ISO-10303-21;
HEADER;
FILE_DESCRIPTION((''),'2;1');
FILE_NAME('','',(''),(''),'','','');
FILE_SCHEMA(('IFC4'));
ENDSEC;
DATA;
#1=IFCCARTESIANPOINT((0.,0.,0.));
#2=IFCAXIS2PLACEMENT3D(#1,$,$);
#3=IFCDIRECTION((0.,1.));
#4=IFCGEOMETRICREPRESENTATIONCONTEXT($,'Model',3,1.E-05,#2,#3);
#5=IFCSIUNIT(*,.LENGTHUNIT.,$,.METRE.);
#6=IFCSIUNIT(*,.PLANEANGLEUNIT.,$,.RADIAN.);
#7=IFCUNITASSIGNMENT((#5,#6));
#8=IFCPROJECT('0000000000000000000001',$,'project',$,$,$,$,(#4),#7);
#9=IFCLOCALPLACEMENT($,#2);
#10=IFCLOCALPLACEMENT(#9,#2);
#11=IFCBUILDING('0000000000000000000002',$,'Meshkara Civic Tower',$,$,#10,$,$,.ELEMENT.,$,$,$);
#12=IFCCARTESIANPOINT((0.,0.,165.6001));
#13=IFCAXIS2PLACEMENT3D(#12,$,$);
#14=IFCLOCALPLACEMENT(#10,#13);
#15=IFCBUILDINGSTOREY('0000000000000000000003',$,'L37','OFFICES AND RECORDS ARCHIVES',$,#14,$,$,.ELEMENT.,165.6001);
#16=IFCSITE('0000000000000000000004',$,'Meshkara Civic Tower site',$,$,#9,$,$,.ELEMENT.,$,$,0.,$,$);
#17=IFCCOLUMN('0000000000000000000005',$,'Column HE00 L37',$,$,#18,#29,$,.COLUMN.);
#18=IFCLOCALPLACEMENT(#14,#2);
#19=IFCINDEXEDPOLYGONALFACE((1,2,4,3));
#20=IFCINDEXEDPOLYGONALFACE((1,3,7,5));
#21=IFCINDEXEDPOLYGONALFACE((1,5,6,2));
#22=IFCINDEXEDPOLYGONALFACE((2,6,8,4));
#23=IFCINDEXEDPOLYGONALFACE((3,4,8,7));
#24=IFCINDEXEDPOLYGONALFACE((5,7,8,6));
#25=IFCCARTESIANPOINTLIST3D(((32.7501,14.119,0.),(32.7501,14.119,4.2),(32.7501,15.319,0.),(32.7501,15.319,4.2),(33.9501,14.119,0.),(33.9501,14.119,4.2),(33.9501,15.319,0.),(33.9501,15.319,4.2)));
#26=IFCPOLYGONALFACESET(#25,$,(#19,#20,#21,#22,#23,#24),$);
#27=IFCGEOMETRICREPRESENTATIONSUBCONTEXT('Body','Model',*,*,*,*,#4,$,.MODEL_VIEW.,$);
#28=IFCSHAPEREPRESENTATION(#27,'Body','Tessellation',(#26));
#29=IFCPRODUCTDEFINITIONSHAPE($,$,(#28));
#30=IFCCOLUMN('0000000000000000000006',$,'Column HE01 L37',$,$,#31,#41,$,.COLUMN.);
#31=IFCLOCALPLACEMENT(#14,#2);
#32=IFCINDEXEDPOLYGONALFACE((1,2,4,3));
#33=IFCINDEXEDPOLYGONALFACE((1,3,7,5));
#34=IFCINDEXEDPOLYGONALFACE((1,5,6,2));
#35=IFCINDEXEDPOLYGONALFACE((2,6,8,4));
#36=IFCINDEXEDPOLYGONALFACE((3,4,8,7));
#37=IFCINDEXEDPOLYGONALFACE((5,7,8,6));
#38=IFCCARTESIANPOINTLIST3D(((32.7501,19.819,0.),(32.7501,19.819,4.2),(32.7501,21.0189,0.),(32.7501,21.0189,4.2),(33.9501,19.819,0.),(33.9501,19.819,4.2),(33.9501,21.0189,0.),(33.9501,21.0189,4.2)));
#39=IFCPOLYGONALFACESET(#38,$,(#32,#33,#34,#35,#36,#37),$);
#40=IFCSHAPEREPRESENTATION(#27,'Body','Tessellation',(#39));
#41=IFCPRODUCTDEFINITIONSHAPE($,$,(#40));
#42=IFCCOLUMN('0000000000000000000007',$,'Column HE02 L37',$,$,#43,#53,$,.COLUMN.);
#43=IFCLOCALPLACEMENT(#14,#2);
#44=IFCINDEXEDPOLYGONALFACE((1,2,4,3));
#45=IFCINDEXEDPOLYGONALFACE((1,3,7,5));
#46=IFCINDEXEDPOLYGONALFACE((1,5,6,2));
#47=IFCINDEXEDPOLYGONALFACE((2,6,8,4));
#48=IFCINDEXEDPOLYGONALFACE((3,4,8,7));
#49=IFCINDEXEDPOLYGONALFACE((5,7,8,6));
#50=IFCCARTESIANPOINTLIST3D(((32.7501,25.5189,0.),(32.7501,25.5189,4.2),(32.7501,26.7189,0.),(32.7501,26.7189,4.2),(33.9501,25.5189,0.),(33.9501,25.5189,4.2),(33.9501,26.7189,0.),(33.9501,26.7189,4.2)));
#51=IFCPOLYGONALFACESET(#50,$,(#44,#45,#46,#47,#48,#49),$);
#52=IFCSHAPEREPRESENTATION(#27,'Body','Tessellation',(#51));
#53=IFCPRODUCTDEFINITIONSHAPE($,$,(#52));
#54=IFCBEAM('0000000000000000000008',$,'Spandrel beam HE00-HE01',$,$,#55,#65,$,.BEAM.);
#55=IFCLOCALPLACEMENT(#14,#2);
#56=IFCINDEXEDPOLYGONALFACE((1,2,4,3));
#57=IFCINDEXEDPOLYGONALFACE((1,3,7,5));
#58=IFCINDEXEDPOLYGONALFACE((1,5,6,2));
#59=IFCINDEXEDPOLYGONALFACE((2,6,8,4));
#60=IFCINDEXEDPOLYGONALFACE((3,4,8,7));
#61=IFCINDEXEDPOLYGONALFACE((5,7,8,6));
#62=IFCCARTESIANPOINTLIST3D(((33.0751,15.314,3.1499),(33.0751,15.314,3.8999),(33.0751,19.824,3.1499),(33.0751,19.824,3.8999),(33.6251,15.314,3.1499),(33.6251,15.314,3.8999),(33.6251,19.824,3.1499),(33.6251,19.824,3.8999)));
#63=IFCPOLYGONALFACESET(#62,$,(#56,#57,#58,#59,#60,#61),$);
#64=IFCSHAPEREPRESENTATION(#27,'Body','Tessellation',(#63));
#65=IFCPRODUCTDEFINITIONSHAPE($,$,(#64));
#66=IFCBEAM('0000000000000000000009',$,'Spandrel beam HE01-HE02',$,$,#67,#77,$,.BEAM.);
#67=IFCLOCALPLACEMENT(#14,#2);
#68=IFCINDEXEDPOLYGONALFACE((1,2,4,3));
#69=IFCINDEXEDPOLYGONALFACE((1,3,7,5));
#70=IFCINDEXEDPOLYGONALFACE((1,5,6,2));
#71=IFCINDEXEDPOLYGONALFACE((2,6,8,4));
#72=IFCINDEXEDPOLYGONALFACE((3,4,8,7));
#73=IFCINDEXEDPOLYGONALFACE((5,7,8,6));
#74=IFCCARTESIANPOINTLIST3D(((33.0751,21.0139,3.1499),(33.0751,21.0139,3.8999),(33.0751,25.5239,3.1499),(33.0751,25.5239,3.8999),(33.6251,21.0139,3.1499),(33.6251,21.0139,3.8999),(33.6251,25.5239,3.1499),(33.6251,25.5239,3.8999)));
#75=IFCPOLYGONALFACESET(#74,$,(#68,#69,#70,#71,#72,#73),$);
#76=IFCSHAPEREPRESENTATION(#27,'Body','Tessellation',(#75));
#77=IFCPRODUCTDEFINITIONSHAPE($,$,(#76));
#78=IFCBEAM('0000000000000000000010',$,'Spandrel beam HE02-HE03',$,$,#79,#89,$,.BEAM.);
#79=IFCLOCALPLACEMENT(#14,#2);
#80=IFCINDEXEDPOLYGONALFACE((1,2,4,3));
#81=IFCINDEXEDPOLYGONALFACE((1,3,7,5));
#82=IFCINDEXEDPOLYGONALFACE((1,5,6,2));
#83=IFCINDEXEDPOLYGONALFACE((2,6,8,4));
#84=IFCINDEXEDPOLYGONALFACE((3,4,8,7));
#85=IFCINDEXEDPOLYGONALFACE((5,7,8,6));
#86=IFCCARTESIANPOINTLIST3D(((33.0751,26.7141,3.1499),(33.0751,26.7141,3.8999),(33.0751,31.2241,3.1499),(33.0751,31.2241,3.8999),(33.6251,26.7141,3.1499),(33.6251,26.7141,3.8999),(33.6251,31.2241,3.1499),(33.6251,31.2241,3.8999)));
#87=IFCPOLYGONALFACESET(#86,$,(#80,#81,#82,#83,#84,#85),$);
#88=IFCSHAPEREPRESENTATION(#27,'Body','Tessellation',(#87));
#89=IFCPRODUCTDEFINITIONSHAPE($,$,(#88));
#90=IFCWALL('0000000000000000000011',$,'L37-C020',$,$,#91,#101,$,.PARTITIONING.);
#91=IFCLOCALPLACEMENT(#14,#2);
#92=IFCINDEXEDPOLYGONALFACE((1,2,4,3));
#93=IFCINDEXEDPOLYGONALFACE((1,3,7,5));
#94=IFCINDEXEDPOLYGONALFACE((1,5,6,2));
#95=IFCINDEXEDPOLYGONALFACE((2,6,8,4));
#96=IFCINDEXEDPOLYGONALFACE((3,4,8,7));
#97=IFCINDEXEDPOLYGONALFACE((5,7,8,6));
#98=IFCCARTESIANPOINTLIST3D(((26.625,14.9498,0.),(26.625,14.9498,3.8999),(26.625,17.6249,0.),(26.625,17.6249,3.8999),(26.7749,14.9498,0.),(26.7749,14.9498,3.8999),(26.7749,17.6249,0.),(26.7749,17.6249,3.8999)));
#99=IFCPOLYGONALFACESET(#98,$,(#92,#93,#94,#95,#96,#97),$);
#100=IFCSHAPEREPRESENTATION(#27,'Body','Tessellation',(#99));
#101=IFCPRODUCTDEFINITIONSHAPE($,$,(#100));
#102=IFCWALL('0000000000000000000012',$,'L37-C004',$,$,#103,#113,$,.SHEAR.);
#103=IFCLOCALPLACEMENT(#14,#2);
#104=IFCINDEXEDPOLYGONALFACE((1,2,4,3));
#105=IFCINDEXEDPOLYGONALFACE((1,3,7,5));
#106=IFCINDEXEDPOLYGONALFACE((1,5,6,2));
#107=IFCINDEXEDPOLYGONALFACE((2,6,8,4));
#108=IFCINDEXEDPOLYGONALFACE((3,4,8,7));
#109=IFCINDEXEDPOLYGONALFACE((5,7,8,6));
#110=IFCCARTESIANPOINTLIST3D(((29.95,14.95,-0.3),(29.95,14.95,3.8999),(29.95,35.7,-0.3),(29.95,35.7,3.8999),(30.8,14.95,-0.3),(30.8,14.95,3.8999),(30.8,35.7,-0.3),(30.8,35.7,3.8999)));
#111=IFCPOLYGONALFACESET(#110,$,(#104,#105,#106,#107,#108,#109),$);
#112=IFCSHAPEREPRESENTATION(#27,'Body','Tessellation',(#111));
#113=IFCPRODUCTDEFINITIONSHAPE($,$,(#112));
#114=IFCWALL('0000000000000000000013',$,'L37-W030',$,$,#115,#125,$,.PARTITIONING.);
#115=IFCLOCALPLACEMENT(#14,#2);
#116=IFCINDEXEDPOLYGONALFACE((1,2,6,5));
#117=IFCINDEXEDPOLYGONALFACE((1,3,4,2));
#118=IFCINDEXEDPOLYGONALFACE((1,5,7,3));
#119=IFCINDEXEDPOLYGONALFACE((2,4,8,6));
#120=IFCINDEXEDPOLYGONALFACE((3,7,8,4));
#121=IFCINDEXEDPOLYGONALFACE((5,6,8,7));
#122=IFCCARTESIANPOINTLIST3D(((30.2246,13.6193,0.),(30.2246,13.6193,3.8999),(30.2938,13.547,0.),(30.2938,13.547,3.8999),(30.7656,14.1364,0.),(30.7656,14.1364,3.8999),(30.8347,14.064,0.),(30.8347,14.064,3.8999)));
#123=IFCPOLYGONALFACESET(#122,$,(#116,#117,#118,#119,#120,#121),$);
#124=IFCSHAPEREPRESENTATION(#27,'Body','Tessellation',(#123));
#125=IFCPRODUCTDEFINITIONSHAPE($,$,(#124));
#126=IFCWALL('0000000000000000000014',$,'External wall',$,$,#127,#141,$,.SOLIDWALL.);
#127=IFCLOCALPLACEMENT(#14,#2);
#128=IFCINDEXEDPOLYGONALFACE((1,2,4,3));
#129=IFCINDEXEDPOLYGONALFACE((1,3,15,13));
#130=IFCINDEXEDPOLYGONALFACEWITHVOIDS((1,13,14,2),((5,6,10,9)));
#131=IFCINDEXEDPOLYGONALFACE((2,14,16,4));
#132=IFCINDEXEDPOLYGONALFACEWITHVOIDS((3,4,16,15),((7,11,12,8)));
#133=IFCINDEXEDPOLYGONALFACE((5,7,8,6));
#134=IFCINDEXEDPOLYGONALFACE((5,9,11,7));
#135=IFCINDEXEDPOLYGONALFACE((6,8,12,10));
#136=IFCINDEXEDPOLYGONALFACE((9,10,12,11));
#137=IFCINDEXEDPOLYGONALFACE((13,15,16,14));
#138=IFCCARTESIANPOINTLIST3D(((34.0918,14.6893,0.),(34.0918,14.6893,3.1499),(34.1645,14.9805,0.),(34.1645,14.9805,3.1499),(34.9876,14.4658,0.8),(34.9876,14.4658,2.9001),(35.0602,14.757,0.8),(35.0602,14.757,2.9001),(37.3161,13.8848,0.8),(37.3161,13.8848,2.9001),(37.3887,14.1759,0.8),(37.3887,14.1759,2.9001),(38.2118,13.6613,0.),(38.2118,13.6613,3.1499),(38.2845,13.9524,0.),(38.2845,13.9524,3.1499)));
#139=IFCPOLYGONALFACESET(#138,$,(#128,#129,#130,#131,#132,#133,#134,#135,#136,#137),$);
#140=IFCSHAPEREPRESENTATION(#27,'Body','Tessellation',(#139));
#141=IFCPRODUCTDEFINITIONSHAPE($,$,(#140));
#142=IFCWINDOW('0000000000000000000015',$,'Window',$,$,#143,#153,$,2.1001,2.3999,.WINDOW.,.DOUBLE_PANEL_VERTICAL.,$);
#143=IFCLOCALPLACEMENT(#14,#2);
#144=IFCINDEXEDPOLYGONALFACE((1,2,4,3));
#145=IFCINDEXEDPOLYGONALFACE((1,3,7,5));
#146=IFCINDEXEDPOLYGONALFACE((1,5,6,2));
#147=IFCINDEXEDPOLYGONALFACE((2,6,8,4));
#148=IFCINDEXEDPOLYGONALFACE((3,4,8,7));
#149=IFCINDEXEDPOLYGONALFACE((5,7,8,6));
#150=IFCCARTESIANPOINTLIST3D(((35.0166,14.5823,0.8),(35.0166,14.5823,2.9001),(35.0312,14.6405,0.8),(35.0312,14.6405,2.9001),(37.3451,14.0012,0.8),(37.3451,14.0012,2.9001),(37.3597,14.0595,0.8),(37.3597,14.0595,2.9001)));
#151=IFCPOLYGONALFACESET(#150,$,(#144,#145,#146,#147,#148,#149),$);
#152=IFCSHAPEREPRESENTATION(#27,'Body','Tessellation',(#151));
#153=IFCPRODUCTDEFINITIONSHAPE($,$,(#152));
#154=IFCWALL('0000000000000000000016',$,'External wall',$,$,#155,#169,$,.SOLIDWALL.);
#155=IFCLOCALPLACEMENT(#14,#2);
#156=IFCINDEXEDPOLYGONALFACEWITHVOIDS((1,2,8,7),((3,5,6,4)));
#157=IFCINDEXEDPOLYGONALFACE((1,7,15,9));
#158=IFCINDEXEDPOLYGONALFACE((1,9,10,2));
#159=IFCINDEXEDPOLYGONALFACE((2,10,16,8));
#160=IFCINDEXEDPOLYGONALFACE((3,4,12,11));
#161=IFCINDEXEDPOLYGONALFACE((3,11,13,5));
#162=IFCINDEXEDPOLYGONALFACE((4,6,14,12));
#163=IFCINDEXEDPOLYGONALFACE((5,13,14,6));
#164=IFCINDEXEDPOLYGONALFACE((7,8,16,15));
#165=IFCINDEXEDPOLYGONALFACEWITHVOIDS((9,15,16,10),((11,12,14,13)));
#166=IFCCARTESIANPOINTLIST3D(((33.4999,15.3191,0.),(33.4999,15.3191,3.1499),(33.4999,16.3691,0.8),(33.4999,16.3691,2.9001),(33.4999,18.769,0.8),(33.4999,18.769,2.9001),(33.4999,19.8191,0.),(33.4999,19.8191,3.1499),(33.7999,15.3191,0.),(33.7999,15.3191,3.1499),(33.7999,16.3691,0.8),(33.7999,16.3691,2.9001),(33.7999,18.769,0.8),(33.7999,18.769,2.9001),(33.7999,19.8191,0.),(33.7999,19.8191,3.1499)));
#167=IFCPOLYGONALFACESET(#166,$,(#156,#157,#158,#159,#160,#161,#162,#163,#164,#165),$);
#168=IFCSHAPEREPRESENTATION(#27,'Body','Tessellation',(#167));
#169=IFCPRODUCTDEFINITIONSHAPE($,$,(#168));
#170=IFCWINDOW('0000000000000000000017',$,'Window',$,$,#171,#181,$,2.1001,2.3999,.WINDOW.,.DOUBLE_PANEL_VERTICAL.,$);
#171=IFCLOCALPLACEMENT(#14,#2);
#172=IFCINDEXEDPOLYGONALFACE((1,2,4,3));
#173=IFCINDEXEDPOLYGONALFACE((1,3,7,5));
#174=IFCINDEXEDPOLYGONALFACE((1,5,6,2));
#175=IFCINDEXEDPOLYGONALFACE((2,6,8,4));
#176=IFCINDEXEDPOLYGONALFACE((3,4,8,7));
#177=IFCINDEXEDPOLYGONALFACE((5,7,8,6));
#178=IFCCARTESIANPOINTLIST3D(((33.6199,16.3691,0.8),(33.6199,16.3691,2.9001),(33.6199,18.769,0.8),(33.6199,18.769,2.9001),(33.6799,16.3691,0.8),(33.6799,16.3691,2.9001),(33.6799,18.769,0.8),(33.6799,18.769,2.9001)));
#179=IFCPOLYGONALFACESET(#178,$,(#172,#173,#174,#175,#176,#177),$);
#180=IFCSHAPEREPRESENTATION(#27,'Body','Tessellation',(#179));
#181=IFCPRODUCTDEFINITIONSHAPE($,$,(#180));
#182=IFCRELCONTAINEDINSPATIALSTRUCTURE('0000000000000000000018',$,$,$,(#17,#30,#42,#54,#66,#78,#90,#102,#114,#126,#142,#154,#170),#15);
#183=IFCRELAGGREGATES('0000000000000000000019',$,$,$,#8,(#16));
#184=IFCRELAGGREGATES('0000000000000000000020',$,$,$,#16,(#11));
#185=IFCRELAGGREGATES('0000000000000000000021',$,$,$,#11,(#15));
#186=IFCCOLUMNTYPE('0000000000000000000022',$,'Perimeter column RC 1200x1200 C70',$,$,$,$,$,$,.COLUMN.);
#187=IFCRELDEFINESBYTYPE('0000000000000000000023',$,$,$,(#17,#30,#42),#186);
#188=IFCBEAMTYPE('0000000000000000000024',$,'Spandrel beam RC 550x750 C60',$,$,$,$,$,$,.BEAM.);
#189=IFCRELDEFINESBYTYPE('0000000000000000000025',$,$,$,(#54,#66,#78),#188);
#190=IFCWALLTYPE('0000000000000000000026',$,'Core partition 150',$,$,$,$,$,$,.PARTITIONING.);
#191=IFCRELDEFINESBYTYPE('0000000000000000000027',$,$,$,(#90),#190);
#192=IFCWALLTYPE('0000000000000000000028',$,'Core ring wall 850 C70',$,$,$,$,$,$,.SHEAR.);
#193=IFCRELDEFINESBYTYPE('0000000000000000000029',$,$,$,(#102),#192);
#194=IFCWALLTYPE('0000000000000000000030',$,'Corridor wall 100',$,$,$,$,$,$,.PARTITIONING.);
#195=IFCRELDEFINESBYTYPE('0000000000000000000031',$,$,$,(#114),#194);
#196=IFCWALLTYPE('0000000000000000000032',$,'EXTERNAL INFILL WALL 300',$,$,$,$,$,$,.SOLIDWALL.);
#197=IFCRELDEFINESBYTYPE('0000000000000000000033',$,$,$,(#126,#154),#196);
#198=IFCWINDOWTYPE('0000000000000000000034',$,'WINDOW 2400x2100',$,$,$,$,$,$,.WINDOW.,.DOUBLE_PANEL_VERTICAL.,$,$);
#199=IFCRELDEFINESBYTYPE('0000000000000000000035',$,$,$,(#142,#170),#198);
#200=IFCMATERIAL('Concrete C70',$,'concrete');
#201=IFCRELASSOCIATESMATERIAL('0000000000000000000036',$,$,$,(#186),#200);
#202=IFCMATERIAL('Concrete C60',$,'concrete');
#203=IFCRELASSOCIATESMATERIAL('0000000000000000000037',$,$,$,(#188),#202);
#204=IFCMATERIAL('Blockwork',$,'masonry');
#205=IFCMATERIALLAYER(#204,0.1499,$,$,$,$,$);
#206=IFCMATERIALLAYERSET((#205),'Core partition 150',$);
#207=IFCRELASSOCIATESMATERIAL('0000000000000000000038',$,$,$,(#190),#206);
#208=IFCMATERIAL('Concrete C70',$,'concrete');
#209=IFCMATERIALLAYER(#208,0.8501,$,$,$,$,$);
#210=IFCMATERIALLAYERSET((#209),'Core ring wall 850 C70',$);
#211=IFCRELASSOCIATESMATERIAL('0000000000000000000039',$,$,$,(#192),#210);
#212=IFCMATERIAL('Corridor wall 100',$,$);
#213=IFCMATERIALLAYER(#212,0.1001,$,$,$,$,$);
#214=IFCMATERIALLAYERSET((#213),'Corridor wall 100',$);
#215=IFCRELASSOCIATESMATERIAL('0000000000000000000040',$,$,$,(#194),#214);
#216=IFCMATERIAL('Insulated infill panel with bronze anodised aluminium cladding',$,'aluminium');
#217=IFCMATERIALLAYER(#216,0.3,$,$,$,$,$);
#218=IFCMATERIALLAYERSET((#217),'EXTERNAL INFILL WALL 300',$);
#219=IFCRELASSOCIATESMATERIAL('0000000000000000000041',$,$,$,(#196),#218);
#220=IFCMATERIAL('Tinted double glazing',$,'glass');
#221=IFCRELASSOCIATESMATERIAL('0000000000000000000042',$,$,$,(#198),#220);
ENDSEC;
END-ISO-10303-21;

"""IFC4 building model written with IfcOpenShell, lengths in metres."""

from ifc_helpers import new_model, si_unit, direction, frame, frame_2d, origin, origin_2d, place, context, subcontext, project, spatial, rectangle, extrude, material, layer, layer_set, material_profile, profile_set, type_object, element, fill, save


model = new_model("IFC4")

# Units and contexts
model_context = context("Model", 3, precision=1e-05, world=origin(), true_north=direction((0.0, 1.0)))
body_context = subcontext(model_context, "Body", "Model", "MODEL_VIEW")
ifc_project = project(units=[si_unit("LENGTHUNIT", "METRE"), si_unit("PLANEANGLEUNIT", "RADIAN")], contexts=[model_context])

# Site, building, storey
site_placement = place(None, origin())
site = spatial("IfcSite", under=ifc_project, at=site_placement, Name="Meshkara Civic Tower site", CompositionType="ELEMENT", RefElevation=0.0)
building_placement = place(site_placement, origin())
building = spatial("IfcBuilding", under=site, at=building_placement, Name="Meshkara Civic Tower", CompositionType="ELEMENT")
storey_placement = place(building_placement, frame((0.0, 0.0, 165.6001)))
storey = spatial("IfcBuildingStorey", under=building, at=storey_placement, Name="L37", Description="OFFICES AND RECORDS ARCHIVES", CompositionType="ELEMENT", Elevation=165.6001)

# Columns
ifc_material_1 = material(Name="Concrete C70", Category="concrete")
ifc_material_profile_1 = material_profile(ifc_material_1, rectangle(XDim=1.2, YDim=1.2, at=origin_2d()))
ifc_profile_set_1 = profile_set([ifc_material_profile_1], Name="Concrete C70")
column_type = type_object("IfcColumnType", Name="Perimeter column RC 1200x1200 C70", PredefinedType="COLUMN", material=ifc_profile_set_1)
for number, where, z_axis, x_axis, name in (
    (1, (33.3501, 14.719, 0.0), (0.0, 0.0, 1.0), (1.0, 0.0, 0.0), "Column HE00 L37"),
    (2, (33.3501, 20.4189, 0.0), (0.0, 0.0, 1.0), (1.0, 0.0, 0.0), "Column HE01 L37"),
    (3, (33.3501, 26.1189, 0.0), (0.0, 0.0, 1.0), (1.0, 0.0, 0.0), "Column HE02 L37"),
):
    element("IfcColumn", number, at=place(storey_placement, frame(where, z_axis=z_axis, x_axis=x_axis)), inside=storey, type_object=column_type, Name=name, PredefinedType="COLUMN", context=body_context, shape_type="SweptSolid", body=[
        extrude(rectangle(XDim=1.2, YDim=1.2, at=origin_2d()), origin(), (0.0, 0.0, 1.0), 4.2),
    ])

# Beams
ifc_material_2 = material(Name="Concrete C60", Category="concrete")
ifc_material_profile_2 = material_profile(ifc_material_2, rectangle(XDim=0.55, YDim=0.75, at=origin_2d()))
ifc_profile_set_2 = profile_set([ifc_material_profile_2], Name="Concrete C60")
beam_type = type_object("IfcBeamType", Name="Spandrel beam RC 550x750 C60", PredefinedType="BEAM", material=ifc_profile_set_2)
for number, where, z_axis, x_axis, name in (
    (4, (33.3501, 15.314, 3.5249), (0.0, 1.0, 0.0), (-1.0, 0.0, 0.0), "Spandrel beam HE00-HE01"),
    (5, (33.3501, 21.0139, 3.5249), (0.0, 1.0, 0.0), (-1.0, 0.0, 0.0), "Spandrel beam HE01-HE02"),
    (6, (33.3501, 26.7141, 3.5249), (0.0, 1.0, 0.0), (-1.0, 0.0, 0.0), "Spandrel beam HE02-HE03"),
):
    element("IfcBeam", number, at=place(storey_placement, frame(where, z_axis=z_axis, x_axis=x_axis)), inside=storey, type_object=beam_type, Name=name, PredefinedType="BEAM", context=body_context, shape_type="SweptSolid", body=[
        extrude(rectangle(XDim=0.55, YDim=0.75, at=origin_2d()), origin(), (0.0, 0.0, 1.0), 4.51),
    ])

# Walls
ifc_material_3 = material(Name="Blockwork", Category="masonry")
ifc_layer_1 = layer(ifc_material_3, 0.1499)
ifc_layer_set_1 = layer_set([ifc_layer_1], Name="Core partition 150")
wall_type_1 = type_object("IfcWallType", Name="Core partition 150", PredefinedType="PARTITIONING", material=ifc_layer_set_1)
wall_1_placement = place(storey_placement, frame((26.7, 14.95, 0.0), z_axis=(0.0, 0.0, 1.0), x_axis=(0.0, 1.0, 0.0)))
element("IfcWall", 7, at=wall_1_placement, inside=storey, type_object=wall_type_1, Name="L37-C020", PredefinedType="PARTITIONING", context=body_context, shape_type="SweptSolid", body=[
    extrude(rectangle(XDim=2.675, YDim=0.1499, at=frame_2d((1.3374, 0.0))), origin(), (0.0, 0.0, 1.0), 3.8999),
])
ifc_material_4 = material(Name="Concrete C70", Category="concrete")
ifc_layer_2 = layer(ifc_material_4, 0.8501)
ifc_layer_set_2 = layer_set([ifc_layer_2], Name="Core ring wall 850 C70")
wall_type_2 = type_object("IfcWallType", Name="Core ring wall 850 C70", PredefinedType="SHEAR", material=ifc_layer_set_2)
wall_2_placement = place(storey_placement, frame((30.375, 14.95, -0.3), z_axis=(0.0, 0.0, 1.0), x_axis=(0.0, 1.0, 0.0)))
element("IfcWall", 8, at=wall_2_placement, inside=storey, type_object=wall_type_2, Name="L37-C004", PredefinedType="SHEAR", context=body_context, shape_type="SweptSolid", body=[
    extrude(rectangle(XDim=20.75, YDim=0.8501, at=frame_2d((10.375, 0.0))), origin(), (0.0, 0.0, 1.0), 4.2),
])
ifc_material_5 = material(Name="Corridor wall 100")
ifc_layer_3 = layer(ifc_material_5, 0.1001)
ifc_layer_set_3 = layer_set([ifc_layer_3], Name="Corridor wall 100")
wall_type_3 = type_object("IfcWallType", Name="Corridor wall 100", PredefinedType="PARTITIONING", material=ifc_layer_set_3)
wall_3_placement = place(storey_placement, frame((30.8, 14.1001, 0.0), z_axis=(0.0, 0.0, 1.0), x_axis=(-0.722911, -0.690941, 0.0)))
element("IfcWall", 9, at=wall_3_placement, inside=storey, type_object=wall_type_3, Name="L37-W030", PredefinedType="PARTITIONING", context=body_context, shape_type="SweptSolid", body=[
    extrude(rectangle(XDim=0.7483, YDim=0.1001, at=frame_2d((0.374, 0.0))), origin(), (0.0, 0.0, 1.0), 3.8999),
])

# Walls, openings, windows
ifc_material_6 = material(Name="Insulated infill panel with bronze anodised aluminium cladding", Category="aluminium")
ifc_layer_4 = layer(ifc_material_6, 0.3)
ifc_layer_set_4 = layer_set([ifc_layer_4], Name="EXTERNAL INFILL WALL 300")
wall_type_4 = type_object("IfcWallType", Name="EXTERNAL INFILL WALL 300", PredefinedType="SOLIDWALL", material=ifc_layer_set_4)
wall_4_placement = place(storey_placement, frame((38.248, 13.8069, 0.0), z_axis=(0.0, 0.0, 1.0), x_axis=(-0.970251, 0.242103, 0.0)))
wall_4 = element("IfcWall", 10, at=wall_4_placement, inside=storey, type_object=wall_type_4, Name="External wall", PredefinedType="SOLIDWALL", context=body_context, shape_type="SweptSolid", body=[
    extrude(rectangle(XDim=4.2463, YDim=0.3, at=frame_2d((2.123, 0.0))), origin(), (0.0, 0.0, 1.0), 3.1499),
])
opening_1_placement = place(wall_4_placement, frame((0.9231, 0.0, 0.8)))
opening_1 = element("IfcOpeningElement", 11, at=opening_1_placement, cuts=wall_4, PredefinedType="OPENING", context=body_context, shape_type="SweptSolid", body=[
    extrude(rectangle(XDim=2.3999, YDim=2.1001, at=frame_2d((1.2, 1.05))), frame((0.0, 0.1599, 0.0), z_axis=(0.0, -1.0, 0.0), x_axis=(1.0, 0.0, 0.0)), (0.0, 0.0, 1.0), 0.3201),
])
ifc_material_7 = material(Name="Tinted double glazing", Category="glass")
window_type = type_object("IfcWindowType", Name="WINDOW 2400x2100", PartitioningType="DOUBLE_PANEL_VERTICAL", PredefinedType="WINDOW", material=ifc_material_7)
window_1_placement = place(opening_1_placement, origin())
window_1 = element("IfcWindow", 12, at=window_1_placement, inside=storey, type_object=window_type, Name="Window", OverallHeight=2.1001, OverallWidth=2.3999, PartitioningType="DOUBLE_PANEL_VERTICAL", PredefinedType="WINDOW", context=body_context, shape_type="SweptSolid", body=[
    extrude(rectangle(XDim=2.3999, YDim=2.1001, at=frame_2d((1.2, 1.05))), frame((0.0, 0.03, 0.0), z_axis=(0.0, -1.0, 0.0), x_axis=(1.0, 0.0, 0.0)), (0.0, 0.0, 1.0), 0.0601),
])
fill(opening_1, window_1)
wall_5_placement = place(storey_placement, frame((33.6499, 15.3191, 0.0), z_axis=(0.0, 0.0, 1.0), x_axis=(0.0, 1.0, 0.0)))
wall_5 = element("IfcWall", 13, at=wall_5_placement, inside=storey, type_object=wall_type_4, Name="External wall", PredefinedType="SOLIDWALL", context=body_context, shape_type="SweptSolid", body=[
    extrude(rectangle(XDim=4.5, YDim=0.3, at=frame_2d((2.25, 0.0))), origin(), (0.0, 0.0, 1.0), 3.1499),
])
opening_2_placement = place(wall_5_placement, frame((1.05, 0.0, 0.8)))
opening_2 = element("IfcOpeningElement", 14, at=opening_2_placement, cuts=wall_5, PredefinedType="OPENING", context=body_context, shape_type="SweptSolid", body=[
    extrude(rectangle(XDim=2.3999, YDim=2.1001, at=frame_2d((1.2, 1.05))), frame((0.0, 0.1599, 0.0), z_axis=(0.0, -1.0, 0.0), x_axis=(1.0, 0.0, 0.0)), (0.0, 0.0, 1.0), 0.3201),
])
window_2_placement = place(opening_2_placement, origin())
window_2 = element("IfcWindow", 15, at=window_2_placement, inside=storey, type_object=window_type, Name="Window", OverallHeight=2.1001, OverallWidth=2.3999, PartitioningType="DOUBLE_PANEL_VERTICAL", PredefinedType="WINDOW", context=body_context, shape_type="SweptSolid", body=[
    extrude(rectangle(XDim=2.3999, YDim=2.1001, at=frame_2d((1.2, 1.05))), frame((0.0, 0.03, 0.0), z_axis=(0.0, -1.0, 0.0), x_axis=(1.0, 0.0, 0.0)), (0.0, 0.0, 1.0), 0.0601),
])
fill(opening_2, window_2)

save(model, "model.ifc")
